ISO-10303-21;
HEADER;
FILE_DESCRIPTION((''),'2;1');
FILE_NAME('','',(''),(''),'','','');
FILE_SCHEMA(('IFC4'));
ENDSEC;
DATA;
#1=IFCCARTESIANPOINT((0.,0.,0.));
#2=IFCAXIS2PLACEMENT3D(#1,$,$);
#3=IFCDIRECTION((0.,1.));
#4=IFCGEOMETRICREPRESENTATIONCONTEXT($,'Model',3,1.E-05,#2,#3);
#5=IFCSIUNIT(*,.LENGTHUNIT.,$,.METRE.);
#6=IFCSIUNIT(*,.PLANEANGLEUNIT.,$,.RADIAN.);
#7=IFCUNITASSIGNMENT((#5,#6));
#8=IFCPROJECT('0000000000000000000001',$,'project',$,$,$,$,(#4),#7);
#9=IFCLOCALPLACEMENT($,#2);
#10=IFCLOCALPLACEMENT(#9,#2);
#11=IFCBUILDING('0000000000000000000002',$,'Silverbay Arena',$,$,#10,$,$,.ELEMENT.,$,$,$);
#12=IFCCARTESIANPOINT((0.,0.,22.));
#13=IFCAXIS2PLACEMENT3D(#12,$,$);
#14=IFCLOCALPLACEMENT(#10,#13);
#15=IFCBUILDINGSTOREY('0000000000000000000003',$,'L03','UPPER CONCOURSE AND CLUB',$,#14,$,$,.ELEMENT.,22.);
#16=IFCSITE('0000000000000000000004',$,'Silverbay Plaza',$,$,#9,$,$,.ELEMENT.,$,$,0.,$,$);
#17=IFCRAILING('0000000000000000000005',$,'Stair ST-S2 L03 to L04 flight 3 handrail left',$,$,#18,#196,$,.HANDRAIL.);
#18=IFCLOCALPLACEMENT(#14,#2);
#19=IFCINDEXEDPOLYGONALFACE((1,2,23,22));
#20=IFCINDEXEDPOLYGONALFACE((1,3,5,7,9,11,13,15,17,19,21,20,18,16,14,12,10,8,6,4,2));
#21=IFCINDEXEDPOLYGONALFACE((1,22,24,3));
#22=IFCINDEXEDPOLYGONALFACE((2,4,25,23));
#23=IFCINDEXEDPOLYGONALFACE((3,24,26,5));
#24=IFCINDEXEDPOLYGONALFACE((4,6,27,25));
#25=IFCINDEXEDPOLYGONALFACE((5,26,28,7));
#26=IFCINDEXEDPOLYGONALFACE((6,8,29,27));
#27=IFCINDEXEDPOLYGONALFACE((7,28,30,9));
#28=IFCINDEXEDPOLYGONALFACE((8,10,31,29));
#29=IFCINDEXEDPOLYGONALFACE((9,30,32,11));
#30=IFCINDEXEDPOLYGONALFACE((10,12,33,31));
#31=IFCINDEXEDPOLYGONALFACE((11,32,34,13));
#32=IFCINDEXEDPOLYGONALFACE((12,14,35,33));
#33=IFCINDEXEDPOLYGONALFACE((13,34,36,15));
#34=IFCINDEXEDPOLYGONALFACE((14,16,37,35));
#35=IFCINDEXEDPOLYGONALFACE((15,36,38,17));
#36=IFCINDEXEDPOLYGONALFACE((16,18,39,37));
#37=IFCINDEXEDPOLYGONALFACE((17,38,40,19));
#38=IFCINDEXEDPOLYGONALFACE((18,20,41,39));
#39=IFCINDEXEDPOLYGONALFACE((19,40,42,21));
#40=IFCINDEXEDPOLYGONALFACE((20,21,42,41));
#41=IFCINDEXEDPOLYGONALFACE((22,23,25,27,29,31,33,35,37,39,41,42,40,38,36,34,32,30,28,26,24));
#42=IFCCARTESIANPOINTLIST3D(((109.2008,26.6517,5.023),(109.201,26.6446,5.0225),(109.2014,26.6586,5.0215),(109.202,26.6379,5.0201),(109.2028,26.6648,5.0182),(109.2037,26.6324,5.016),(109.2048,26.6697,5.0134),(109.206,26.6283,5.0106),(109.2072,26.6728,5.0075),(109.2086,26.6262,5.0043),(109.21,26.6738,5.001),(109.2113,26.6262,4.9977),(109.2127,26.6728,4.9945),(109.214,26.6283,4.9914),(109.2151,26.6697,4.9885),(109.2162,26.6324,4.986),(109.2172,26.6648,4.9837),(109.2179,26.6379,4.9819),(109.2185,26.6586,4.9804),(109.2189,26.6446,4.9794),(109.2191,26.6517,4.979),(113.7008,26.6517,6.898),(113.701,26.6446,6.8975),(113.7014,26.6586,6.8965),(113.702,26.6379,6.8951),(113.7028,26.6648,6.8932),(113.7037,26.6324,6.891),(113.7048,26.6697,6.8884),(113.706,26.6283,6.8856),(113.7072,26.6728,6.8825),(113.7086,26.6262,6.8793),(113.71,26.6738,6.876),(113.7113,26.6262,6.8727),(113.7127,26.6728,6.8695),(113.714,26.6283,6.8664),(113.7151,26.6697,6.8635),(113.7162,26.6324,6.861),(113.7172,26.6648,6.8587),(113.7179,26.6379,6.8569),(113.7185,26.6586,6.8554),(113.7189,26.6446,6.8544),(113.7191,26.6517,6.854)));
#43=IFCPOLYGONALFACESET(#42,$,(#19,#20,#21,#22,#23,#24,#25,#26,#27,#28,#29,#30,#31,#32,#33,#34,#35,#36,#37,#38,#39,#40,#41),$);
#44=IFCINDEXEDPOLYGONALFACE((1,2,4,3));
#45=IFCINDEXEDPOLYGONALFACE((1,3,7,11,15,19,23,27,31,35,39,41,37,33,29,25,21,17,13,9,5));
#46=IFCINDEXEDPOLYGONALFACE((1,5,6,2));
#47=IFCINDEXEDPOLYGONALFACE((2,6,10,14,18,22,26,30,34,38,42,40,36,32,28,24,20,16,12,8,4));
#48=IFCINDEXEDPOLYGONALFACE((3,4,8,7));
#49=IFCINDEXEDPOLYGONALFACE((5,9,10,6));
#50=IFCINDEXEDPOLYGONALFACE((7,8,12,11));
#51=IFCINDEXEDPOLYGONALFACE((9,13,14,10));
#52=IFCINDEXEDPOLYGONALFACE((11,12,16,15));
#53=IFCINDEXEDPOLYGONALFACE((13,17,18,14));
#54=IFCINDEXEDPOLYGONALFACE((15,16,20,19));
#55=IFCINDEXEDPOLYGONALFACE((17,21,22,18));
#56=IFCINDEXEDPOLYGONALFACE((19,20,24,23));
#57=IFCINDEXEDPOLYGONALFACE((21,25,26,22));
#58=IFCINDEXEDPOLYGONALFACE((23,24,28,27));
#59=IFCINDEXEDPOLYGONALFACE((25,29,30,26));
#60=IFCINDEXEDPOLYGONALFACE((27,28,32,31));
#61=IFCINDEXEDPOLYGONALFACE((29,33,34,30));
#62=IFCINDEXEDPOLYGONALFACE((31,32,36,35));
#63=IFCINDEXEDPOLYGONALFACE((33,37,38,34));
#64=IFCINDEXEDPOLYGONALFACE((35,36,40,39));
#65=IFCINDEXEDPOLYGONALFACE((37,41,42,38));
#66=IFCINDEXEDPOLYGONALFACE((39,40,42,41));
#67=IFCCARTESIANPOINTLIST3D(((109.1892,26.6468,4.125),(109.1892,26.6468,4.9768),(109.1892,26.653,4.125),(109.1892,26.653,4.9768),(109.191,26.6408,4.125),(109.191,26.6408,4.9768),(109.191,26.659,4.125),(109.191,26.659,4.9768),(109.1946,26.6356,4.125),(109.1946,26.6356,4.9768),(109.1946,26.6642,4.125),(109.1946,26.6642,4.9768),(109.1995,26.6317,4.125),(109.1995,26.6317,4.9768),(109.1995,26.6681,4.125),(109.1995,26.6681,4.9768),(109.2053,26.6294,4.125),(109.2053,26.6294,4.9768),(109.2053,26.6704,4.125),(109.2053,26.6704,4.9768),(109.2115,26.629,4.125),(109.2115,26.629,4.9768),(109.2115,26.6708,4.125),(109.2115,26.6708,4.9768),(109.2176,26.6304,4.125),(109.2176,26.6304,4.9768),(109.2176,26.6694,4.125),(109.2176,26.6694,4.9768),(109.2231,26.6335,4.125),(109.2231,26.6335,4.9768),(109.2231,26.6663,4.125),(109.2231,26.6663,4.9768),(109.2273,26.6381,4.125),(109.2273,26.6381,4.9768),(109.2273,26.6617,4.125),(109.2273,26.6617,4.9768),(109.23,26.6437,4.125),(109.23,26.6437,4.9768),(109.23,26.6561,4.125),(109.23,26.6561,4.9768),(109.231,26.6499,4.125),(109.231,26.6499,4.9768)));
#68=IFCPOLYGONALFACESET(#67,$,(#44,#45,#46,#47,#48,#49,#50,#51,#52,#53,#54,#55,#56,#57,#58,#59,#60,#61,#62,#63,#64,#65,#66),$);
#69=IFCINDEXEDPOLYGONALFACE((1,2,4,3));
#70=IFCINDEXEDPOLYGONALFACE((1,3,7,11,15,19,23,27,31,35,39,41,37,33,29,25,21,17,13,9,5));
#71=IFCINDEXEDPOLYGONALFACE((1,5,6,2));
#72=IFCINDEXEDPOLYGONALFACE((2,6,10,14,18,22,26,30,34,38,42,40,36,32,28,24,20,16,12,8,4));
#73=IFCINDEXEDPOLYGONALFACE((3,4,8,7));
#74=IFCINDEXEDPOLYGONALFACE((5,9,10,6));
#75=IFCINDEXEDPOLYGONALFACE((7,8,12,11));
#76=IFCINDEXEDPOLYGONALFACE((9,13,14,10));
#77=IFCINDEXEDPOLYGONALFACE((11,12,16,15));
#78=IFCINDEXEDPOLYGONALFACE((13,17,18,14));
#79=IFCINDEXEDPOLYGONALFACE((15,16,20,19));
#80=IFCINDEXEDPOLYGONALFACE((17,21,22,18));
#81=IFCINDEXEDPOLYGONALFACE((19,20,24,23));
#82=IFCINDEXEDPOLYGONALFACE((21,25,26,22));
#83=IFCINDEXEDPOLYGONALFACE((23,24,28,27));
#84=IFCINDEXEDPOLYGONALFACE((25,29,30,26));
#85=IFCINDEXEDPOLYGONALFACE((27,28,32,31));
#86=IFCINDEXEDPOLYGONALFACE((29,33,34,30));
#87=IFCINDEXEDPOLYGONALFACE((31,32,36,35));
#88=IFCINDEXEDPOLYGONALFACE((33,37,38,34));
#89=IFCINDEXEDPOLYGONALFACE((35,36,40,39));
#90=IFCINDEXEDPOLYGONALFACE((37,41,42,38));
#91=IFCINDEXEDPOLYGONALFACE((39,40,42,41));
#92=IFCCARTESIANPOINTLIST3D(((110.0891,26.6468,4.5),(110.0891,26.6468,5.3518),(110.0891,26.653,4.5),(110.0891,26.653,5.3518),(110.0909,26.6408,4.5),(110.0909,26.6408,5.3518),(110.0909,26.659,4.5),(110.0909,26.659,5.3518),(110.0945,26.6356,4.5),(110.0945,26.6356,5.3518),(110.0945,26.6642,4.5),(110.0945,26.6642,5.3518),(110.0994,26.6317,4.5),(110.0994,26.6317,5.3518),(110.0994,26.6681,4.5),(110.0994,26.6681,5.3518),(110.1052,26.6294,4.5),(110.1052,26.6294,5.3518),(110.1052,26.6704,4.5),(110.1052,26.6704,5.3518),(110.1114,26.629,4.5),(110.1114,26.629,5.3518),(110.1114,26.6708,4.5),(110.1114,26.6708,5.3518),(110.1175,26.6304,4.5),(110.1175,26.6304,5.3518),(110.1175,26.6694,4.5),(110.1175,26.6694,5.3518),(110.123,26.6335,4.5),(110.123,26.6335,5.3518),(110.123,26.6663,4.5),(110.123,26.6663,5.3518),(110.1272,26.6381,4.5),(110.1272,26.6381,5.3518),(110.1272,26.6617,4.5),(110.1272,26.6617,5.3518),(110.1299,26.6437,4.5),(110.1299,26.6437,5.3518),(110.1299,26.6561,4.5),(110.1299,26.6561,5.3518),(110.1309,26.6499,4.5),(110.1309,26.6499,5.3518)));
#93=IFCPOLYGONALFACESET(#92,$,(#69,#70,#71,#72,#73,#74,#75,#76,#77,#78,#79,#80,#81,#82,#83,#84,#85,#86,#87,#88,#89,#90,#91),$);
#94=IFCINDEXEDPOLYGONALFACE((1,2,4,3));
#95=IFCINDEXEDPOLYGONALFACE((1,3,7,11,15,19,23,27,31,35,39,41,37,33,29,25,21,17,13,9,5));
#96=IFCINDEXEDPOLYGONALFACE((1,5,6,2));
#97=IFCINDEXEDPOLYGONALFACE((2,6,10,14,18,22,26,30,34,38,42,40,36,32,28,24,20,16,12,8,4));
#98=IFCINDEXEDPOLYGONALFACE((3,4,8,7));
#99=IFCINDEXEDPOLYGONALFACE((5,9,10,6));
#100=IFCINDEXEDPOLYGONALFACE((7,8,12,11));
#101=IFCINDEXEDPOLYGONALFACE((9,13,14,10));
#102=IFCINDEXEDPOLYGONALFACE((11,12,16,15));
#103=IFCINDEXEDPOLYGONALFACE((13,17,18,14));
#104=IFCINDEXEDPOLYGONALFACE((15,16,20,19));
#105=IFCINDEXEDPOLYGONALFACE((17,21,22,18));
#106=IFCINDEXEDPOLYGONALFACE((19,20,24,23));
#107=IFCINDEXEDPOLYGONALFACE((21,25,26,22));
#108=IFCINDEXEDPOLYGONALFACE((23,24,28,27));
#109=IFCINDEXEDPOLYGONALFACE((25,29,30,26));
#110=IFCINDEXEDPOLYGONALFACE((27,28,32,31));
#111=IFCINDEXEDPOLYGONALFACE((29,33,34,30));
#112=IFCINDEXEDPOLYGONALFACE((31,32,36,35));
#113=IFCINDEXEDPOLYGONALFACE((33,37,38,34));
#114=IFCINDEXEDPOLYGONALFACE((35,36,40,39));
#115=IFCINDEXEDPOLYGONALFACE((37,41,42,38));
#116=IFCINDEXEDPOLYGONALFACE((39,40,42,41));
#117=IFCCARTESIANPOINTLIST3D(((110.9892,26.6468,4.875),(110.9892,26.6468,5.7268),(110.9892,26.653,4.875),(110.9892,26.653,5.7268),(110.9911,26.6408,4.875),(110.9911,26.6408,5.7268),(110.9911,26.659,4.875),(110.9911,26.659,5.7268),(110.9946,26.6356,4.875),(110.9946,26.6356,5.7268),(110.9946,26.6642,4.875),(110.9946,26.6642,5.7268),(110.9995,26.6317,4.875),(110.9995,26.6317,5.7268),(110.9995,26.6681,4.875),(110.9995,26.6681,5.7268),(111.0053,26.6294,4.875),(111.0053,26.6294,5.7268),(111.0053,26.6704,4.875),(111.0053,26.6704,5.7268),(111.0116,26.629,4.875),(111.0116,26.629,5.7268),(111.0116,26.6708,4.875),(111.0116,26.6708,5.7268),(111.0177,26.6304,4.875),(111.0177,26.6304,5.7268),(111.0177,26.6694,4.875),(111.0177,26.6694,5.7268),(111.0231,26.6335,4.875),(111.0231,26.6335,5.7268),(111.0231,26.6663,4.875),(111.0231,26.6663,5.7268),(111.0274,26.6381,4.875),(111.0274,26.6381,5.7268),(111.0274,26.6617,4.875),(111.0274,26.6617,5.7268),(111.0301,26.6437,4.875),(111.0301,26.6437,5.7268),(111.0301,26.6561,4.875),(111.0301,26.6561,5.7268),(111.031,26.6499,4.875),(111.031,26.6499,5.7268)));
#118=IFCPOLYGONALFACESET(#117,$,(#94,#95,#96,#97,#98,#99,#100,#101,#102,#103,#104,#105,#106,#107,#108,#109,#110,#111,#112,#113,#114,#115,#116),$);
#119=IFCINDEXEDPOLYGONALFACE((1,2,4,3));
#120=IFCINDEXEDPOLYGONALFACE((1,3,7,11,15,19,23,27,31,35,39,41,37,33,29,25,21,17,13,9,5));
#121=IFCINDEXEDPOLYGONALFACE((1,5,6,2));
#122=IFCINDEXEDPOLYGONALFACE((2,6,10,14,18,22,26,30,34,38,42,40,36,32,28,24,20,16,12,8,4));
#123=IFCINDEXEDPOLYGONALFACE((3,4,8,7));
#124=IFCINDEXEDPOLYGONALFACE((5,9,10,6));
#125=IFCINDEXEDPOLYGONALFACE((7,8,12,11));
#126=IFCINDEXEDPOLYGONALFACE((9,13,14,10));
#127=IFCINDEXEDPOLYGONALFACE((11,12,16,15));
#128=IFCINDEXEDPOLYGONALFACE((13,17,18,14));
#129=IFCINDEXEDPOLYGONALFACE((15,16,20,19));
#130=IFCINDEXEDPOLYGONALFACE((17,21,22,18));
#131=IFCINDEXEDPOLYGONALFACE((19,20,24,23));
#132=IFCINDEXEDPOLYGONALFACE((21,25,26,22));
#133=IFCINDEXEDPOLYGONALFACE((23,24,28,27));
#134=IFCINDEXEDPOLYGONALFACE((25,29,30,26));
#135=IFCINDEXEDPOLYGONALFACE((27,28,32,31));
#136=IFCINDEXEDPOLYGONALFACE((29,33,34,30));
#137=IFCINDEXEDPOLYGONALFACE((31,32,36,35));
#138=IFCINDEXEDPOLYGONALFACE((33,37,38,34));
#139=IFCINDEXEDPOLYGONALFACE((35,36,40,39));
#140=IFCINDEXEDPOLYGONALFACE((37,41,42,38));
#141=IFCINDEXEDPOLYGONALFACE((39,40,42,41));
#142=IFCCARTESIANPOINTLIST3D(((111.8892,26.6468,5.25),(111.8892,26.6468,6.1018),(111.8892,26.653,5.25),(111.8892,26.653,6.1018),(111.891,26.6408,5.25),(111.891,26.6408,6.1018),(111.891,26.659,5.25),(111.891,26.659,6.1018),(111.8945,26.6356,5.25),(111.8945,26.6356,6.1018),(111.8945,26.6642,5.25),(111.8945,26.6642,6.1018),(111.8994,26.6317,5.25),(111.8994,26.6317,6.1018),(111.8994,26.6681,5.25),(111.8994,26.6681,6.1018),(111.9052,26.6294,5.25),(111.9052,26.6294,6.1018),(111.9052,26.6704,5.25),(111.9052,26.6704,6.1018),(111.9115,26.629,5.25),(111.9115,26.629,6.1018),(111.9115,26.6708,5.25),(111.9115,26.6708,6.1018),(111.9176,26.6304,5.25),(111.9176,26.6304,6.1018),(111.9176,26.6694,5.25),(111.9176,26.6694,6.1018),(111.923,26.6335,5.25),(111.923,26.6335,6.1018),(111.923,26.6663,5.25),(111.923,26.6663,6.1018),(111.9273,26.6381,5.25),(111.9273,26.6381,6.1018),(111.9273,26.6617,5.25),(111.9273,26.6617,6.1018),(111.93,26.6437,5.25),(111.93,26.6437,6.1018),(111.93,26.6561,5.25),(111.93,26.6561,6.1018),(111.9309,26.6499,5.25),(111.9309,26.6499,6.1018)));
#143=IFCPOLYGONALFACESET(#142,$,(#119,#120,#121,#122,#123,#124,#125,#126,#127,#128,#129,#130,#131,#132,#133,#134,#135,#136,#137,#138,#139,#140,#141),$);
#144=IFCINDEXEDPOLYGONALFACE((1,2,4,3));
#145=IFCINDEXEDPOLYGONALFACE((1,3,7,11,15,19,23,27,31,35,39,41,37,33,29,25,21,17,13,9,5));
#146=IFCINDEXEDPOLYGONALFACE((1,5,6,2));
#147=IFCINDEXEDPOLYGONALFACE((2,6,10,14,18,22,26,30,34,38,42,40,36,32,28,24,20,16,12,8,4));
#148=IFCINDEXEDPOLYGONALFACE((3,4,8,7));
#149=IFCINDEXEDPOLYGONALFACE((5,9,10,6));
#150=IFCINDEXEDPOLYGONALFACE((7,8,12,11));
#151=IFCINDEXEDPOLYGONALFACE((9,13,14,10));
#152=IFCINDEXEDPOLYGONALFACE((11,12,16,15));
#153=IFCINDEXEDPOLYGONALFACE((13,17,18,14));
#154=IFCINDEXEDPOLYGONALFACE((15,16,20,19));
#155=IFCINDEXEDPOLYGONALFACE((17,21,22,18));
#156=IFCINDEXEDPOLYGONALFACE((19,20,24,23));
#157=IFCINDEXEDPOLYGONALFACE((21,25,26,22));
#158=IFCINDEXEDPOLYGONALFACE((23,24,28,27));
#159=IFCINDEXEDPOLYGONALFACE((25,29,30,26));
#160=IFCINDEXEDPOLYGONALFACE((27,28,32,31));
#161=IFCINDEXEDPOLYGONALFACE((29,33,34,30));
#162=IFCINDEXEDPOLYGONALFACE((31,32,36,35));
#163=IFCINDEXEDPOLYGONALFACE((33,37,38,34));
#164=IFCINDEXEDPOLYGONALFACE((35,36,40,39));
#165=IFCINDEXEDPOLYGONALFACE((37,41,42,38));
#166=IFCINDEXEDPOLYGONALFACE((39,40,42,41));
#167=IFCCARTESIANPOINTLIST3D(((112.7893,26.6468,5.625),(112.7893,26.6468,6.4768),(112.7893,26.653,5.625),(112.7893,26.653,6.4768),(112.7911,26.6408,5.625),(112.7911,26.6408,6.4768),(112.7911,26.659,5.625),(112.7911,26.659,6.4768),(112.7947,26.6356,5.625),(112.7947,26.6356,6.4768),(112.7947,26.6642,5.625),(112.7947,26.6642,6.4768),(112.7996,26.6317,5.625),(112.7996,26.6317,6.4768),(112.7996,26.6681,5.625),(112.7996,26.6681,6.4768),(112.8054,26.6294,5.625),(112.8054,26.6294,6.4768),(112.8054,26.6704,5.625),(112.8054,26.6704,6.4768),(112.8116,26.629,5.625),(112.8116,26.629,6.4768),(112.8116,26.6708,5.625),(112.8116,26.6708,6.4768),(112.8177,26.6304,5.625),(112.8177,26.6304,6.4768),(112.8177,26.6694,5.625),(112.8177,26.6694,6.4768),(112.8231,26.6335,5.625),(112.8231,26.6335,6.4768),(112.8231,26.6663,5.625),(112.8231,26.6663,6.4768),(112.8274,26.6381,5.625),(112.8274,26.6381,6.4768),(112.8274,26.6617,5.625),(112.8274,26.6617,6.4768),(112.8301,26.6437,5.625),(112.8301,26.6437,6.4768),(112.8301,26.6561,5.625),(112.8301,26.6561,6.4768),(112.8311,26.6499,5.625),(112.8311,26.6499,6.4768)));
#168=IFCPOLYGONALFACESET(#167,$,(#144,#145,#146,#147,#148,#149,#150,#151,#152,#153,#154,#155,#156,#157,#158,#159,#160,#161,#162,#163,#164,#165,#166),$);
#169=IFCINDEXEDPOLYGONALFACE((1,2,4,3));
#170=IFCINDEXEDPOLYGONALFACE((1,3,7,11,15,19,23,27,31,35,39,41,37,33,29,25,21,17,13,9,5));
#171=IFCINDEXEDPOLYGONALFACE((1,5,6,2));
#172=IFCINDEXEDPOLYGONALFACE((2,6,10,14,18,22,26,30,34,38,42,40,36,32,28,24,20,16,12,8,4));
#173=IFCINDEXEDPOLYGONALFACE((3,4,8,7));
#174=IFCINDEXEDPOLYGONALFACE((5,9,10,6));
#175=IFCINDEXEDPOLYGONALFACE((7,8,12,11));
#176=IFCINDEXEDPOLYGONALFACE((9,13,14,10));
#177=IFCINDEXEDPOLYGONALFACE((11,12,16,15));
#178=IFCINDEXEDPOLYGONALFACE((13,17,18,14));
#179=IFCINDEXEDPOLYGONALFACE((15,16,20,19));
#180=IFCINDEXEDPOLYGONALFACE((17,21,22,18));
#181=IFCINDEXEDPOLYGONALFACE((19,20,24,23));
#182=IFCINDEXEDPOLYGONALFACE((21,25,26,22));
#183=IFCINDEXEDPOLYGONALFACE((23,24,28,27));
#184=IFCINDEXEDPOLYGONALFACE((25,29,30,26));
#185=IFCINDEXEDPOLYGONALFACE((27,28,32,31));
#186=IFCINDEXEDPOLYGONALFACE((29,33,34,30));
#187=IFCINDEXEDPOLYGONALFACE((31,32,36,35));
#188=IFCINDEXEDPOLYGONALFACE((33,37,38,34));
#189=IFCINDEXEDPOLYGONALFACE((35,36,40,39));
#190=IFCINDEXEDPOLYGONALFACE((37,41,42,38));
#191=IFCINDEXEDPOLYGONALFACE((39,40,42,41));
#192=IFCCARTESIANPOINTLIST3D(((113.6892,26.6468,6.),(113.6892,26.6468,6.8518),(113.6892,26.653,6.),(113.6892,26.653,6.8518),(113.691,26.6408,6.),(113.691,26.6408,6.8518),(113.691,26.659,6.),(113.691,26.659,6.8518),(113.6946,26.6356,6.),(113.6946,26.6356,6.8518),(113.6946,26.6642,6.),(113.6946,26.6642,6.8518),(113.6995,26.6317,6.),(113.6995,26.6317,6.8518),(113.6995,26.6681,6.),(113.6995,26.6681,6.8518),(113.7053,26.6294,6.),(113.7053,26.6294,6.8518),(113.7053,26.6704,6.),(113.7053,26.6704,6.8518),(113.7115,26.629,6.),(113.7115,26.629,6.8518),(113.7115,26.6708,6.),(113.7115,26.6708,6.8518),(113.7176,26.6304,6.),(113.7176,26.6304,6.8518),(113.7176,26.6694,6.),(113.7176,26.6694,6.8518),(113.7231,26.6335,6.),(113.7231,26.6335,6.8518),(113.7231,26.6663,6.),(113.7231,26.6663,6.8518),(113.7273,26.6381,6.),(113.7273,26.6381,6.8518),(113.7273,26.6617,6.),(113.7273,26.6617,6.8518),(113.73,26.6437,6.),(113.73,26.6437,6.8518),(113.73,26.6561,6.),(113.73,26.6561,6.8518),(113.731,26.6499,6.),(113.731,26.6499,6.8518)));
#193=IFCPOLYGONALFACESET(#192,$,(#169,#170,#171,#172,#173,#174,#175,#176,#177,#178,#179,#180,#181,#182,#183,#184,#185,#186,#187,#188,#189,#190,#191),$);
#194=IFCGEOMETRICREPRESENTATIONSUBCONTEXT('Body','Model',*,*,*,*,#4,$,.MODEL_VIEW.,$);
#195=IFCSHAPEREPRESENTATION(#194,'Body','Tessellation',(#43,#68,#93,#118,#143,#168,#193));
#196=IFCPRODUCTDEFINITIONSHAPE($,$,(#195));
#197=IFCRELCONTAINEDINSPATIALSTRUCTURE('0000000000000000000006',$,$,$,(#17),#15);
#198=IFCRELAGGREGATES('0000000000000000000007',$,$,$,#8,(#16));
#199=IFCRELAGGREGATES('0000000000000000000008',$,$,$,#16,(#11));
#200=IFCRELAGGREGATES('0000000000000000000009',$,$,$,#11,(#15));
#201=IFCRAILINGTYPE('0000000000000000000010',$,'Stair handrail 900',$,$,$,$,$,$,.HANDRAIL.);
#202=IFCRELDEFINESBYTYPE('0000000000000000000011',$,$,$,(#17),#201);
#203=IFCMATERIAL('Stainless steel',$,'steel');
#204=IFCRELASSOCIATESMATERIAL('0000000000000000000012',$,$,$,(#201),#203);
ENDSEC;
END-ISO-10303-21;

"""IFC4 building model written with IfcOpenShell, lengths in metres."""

from ifc_helpers import new_model, si_unit, direction, frame, origin, origin_2d, place, context, subcontext, project, spatial, circle, extrude, material, type_object, element, save


model = new_model("IFC4")

# Units and contexts
model_context = context("Model", 3, precision=1e-05, world=origin(), true_north=direction((0.0, 1.0)))
body_context = subcontext(model_context, "Body", "Model", "MODEL_VIEW")
ifc_project = project(units=[si_unit("LENGTHUNIT", "METRE"), si_unit("PLANEANGLEUNIT", "RADIAN")], contexts=[model_context])

# Site, building, storey
site_placement = place(None, origin())
site = spatial("IfcSite", under=ifc_project, at=site_placement, Name="Silverbay Plaza", CompositionType="ELEMENT", RefElevation=0.0)
building_placement = place(site_placement, origin())
building = spatial("IfcBuilding", under=site, at=building_placement, Name="Silverbay Arena", CompositionType="ELEMENT")
storey_placement = place(building_placement, frame((0.0, 0.0, 22.0)))
storey = spatial("IfcBuildingStorey", under=building, at=storey_placement, Name="L03", Description="UPPER CONCOURSE AND CLUB", CompositionType="ELEMENT", Elevation=22.0)

# Railing
ifc_material_1 = material(Name="Stainless steel", Category="steel")
railing_type_1 = type_object("IfcRailingType", Name="Stair handrail 900", PredefinedType="HANDRAIL", material=ifc_material_1)
for number, where, name in (
    (1, (109.21, 26.6499, 4.125), "Stair ST-S2 L03 to L04 flight 3 handrail left"),
):
    element("IfcRailing", number, at=place(storey_placement, frame(where)), inside=storey, type_object=railing_type_1, Name=name, PredefinedType="HANDRAIL", context=body_context, shape_type="SweptSolid", body=[
        extrude(circle(Radius=0.0239, at=origin_2d()), frame((0.0, 0.0, 0.876), z_axis=(0.923077, 0.0, 0.384615), x_axis=(0.0, 1.0, 0.0)), (0.0, 0.0, 1.0), 4.875),
        extrude(circle(Radius=0.021, at=origin_2d()), origin(), (0.0, 0.0, 1.0), 0.8518),
        extrude(circle(Radius=0.021, at=origin_2d()), frame((0.8999, 0.0, 0.375)), (0.0, 0.0, 1.0), 0.8518),
        extrude(circle(Radius=0.021, at=origin_2d()), frame((1.8, 0.0, 0.75)), (0.0, 0.0, 1.0), 0.8518),
        extrude(circle(Radius=0.021, at=origin_2d()), frame((2.7, 0.0, 1.125)), (0.0, 0.0, 1.0), 0.8518),
        extrude(circle(Radius=0.021, at=origin_2d()), frame((3.6001, 0.0, 1.5)), (0.0, 0.0, 1.0), 0.8518),
        extrude(circle(Radius=0.021, at=origin_2d()), frame((4.5, 0.0, 1.875)), (0.0, 0.0, 1.0), 0.8518),
    ])

save(model, "model.ifc")
